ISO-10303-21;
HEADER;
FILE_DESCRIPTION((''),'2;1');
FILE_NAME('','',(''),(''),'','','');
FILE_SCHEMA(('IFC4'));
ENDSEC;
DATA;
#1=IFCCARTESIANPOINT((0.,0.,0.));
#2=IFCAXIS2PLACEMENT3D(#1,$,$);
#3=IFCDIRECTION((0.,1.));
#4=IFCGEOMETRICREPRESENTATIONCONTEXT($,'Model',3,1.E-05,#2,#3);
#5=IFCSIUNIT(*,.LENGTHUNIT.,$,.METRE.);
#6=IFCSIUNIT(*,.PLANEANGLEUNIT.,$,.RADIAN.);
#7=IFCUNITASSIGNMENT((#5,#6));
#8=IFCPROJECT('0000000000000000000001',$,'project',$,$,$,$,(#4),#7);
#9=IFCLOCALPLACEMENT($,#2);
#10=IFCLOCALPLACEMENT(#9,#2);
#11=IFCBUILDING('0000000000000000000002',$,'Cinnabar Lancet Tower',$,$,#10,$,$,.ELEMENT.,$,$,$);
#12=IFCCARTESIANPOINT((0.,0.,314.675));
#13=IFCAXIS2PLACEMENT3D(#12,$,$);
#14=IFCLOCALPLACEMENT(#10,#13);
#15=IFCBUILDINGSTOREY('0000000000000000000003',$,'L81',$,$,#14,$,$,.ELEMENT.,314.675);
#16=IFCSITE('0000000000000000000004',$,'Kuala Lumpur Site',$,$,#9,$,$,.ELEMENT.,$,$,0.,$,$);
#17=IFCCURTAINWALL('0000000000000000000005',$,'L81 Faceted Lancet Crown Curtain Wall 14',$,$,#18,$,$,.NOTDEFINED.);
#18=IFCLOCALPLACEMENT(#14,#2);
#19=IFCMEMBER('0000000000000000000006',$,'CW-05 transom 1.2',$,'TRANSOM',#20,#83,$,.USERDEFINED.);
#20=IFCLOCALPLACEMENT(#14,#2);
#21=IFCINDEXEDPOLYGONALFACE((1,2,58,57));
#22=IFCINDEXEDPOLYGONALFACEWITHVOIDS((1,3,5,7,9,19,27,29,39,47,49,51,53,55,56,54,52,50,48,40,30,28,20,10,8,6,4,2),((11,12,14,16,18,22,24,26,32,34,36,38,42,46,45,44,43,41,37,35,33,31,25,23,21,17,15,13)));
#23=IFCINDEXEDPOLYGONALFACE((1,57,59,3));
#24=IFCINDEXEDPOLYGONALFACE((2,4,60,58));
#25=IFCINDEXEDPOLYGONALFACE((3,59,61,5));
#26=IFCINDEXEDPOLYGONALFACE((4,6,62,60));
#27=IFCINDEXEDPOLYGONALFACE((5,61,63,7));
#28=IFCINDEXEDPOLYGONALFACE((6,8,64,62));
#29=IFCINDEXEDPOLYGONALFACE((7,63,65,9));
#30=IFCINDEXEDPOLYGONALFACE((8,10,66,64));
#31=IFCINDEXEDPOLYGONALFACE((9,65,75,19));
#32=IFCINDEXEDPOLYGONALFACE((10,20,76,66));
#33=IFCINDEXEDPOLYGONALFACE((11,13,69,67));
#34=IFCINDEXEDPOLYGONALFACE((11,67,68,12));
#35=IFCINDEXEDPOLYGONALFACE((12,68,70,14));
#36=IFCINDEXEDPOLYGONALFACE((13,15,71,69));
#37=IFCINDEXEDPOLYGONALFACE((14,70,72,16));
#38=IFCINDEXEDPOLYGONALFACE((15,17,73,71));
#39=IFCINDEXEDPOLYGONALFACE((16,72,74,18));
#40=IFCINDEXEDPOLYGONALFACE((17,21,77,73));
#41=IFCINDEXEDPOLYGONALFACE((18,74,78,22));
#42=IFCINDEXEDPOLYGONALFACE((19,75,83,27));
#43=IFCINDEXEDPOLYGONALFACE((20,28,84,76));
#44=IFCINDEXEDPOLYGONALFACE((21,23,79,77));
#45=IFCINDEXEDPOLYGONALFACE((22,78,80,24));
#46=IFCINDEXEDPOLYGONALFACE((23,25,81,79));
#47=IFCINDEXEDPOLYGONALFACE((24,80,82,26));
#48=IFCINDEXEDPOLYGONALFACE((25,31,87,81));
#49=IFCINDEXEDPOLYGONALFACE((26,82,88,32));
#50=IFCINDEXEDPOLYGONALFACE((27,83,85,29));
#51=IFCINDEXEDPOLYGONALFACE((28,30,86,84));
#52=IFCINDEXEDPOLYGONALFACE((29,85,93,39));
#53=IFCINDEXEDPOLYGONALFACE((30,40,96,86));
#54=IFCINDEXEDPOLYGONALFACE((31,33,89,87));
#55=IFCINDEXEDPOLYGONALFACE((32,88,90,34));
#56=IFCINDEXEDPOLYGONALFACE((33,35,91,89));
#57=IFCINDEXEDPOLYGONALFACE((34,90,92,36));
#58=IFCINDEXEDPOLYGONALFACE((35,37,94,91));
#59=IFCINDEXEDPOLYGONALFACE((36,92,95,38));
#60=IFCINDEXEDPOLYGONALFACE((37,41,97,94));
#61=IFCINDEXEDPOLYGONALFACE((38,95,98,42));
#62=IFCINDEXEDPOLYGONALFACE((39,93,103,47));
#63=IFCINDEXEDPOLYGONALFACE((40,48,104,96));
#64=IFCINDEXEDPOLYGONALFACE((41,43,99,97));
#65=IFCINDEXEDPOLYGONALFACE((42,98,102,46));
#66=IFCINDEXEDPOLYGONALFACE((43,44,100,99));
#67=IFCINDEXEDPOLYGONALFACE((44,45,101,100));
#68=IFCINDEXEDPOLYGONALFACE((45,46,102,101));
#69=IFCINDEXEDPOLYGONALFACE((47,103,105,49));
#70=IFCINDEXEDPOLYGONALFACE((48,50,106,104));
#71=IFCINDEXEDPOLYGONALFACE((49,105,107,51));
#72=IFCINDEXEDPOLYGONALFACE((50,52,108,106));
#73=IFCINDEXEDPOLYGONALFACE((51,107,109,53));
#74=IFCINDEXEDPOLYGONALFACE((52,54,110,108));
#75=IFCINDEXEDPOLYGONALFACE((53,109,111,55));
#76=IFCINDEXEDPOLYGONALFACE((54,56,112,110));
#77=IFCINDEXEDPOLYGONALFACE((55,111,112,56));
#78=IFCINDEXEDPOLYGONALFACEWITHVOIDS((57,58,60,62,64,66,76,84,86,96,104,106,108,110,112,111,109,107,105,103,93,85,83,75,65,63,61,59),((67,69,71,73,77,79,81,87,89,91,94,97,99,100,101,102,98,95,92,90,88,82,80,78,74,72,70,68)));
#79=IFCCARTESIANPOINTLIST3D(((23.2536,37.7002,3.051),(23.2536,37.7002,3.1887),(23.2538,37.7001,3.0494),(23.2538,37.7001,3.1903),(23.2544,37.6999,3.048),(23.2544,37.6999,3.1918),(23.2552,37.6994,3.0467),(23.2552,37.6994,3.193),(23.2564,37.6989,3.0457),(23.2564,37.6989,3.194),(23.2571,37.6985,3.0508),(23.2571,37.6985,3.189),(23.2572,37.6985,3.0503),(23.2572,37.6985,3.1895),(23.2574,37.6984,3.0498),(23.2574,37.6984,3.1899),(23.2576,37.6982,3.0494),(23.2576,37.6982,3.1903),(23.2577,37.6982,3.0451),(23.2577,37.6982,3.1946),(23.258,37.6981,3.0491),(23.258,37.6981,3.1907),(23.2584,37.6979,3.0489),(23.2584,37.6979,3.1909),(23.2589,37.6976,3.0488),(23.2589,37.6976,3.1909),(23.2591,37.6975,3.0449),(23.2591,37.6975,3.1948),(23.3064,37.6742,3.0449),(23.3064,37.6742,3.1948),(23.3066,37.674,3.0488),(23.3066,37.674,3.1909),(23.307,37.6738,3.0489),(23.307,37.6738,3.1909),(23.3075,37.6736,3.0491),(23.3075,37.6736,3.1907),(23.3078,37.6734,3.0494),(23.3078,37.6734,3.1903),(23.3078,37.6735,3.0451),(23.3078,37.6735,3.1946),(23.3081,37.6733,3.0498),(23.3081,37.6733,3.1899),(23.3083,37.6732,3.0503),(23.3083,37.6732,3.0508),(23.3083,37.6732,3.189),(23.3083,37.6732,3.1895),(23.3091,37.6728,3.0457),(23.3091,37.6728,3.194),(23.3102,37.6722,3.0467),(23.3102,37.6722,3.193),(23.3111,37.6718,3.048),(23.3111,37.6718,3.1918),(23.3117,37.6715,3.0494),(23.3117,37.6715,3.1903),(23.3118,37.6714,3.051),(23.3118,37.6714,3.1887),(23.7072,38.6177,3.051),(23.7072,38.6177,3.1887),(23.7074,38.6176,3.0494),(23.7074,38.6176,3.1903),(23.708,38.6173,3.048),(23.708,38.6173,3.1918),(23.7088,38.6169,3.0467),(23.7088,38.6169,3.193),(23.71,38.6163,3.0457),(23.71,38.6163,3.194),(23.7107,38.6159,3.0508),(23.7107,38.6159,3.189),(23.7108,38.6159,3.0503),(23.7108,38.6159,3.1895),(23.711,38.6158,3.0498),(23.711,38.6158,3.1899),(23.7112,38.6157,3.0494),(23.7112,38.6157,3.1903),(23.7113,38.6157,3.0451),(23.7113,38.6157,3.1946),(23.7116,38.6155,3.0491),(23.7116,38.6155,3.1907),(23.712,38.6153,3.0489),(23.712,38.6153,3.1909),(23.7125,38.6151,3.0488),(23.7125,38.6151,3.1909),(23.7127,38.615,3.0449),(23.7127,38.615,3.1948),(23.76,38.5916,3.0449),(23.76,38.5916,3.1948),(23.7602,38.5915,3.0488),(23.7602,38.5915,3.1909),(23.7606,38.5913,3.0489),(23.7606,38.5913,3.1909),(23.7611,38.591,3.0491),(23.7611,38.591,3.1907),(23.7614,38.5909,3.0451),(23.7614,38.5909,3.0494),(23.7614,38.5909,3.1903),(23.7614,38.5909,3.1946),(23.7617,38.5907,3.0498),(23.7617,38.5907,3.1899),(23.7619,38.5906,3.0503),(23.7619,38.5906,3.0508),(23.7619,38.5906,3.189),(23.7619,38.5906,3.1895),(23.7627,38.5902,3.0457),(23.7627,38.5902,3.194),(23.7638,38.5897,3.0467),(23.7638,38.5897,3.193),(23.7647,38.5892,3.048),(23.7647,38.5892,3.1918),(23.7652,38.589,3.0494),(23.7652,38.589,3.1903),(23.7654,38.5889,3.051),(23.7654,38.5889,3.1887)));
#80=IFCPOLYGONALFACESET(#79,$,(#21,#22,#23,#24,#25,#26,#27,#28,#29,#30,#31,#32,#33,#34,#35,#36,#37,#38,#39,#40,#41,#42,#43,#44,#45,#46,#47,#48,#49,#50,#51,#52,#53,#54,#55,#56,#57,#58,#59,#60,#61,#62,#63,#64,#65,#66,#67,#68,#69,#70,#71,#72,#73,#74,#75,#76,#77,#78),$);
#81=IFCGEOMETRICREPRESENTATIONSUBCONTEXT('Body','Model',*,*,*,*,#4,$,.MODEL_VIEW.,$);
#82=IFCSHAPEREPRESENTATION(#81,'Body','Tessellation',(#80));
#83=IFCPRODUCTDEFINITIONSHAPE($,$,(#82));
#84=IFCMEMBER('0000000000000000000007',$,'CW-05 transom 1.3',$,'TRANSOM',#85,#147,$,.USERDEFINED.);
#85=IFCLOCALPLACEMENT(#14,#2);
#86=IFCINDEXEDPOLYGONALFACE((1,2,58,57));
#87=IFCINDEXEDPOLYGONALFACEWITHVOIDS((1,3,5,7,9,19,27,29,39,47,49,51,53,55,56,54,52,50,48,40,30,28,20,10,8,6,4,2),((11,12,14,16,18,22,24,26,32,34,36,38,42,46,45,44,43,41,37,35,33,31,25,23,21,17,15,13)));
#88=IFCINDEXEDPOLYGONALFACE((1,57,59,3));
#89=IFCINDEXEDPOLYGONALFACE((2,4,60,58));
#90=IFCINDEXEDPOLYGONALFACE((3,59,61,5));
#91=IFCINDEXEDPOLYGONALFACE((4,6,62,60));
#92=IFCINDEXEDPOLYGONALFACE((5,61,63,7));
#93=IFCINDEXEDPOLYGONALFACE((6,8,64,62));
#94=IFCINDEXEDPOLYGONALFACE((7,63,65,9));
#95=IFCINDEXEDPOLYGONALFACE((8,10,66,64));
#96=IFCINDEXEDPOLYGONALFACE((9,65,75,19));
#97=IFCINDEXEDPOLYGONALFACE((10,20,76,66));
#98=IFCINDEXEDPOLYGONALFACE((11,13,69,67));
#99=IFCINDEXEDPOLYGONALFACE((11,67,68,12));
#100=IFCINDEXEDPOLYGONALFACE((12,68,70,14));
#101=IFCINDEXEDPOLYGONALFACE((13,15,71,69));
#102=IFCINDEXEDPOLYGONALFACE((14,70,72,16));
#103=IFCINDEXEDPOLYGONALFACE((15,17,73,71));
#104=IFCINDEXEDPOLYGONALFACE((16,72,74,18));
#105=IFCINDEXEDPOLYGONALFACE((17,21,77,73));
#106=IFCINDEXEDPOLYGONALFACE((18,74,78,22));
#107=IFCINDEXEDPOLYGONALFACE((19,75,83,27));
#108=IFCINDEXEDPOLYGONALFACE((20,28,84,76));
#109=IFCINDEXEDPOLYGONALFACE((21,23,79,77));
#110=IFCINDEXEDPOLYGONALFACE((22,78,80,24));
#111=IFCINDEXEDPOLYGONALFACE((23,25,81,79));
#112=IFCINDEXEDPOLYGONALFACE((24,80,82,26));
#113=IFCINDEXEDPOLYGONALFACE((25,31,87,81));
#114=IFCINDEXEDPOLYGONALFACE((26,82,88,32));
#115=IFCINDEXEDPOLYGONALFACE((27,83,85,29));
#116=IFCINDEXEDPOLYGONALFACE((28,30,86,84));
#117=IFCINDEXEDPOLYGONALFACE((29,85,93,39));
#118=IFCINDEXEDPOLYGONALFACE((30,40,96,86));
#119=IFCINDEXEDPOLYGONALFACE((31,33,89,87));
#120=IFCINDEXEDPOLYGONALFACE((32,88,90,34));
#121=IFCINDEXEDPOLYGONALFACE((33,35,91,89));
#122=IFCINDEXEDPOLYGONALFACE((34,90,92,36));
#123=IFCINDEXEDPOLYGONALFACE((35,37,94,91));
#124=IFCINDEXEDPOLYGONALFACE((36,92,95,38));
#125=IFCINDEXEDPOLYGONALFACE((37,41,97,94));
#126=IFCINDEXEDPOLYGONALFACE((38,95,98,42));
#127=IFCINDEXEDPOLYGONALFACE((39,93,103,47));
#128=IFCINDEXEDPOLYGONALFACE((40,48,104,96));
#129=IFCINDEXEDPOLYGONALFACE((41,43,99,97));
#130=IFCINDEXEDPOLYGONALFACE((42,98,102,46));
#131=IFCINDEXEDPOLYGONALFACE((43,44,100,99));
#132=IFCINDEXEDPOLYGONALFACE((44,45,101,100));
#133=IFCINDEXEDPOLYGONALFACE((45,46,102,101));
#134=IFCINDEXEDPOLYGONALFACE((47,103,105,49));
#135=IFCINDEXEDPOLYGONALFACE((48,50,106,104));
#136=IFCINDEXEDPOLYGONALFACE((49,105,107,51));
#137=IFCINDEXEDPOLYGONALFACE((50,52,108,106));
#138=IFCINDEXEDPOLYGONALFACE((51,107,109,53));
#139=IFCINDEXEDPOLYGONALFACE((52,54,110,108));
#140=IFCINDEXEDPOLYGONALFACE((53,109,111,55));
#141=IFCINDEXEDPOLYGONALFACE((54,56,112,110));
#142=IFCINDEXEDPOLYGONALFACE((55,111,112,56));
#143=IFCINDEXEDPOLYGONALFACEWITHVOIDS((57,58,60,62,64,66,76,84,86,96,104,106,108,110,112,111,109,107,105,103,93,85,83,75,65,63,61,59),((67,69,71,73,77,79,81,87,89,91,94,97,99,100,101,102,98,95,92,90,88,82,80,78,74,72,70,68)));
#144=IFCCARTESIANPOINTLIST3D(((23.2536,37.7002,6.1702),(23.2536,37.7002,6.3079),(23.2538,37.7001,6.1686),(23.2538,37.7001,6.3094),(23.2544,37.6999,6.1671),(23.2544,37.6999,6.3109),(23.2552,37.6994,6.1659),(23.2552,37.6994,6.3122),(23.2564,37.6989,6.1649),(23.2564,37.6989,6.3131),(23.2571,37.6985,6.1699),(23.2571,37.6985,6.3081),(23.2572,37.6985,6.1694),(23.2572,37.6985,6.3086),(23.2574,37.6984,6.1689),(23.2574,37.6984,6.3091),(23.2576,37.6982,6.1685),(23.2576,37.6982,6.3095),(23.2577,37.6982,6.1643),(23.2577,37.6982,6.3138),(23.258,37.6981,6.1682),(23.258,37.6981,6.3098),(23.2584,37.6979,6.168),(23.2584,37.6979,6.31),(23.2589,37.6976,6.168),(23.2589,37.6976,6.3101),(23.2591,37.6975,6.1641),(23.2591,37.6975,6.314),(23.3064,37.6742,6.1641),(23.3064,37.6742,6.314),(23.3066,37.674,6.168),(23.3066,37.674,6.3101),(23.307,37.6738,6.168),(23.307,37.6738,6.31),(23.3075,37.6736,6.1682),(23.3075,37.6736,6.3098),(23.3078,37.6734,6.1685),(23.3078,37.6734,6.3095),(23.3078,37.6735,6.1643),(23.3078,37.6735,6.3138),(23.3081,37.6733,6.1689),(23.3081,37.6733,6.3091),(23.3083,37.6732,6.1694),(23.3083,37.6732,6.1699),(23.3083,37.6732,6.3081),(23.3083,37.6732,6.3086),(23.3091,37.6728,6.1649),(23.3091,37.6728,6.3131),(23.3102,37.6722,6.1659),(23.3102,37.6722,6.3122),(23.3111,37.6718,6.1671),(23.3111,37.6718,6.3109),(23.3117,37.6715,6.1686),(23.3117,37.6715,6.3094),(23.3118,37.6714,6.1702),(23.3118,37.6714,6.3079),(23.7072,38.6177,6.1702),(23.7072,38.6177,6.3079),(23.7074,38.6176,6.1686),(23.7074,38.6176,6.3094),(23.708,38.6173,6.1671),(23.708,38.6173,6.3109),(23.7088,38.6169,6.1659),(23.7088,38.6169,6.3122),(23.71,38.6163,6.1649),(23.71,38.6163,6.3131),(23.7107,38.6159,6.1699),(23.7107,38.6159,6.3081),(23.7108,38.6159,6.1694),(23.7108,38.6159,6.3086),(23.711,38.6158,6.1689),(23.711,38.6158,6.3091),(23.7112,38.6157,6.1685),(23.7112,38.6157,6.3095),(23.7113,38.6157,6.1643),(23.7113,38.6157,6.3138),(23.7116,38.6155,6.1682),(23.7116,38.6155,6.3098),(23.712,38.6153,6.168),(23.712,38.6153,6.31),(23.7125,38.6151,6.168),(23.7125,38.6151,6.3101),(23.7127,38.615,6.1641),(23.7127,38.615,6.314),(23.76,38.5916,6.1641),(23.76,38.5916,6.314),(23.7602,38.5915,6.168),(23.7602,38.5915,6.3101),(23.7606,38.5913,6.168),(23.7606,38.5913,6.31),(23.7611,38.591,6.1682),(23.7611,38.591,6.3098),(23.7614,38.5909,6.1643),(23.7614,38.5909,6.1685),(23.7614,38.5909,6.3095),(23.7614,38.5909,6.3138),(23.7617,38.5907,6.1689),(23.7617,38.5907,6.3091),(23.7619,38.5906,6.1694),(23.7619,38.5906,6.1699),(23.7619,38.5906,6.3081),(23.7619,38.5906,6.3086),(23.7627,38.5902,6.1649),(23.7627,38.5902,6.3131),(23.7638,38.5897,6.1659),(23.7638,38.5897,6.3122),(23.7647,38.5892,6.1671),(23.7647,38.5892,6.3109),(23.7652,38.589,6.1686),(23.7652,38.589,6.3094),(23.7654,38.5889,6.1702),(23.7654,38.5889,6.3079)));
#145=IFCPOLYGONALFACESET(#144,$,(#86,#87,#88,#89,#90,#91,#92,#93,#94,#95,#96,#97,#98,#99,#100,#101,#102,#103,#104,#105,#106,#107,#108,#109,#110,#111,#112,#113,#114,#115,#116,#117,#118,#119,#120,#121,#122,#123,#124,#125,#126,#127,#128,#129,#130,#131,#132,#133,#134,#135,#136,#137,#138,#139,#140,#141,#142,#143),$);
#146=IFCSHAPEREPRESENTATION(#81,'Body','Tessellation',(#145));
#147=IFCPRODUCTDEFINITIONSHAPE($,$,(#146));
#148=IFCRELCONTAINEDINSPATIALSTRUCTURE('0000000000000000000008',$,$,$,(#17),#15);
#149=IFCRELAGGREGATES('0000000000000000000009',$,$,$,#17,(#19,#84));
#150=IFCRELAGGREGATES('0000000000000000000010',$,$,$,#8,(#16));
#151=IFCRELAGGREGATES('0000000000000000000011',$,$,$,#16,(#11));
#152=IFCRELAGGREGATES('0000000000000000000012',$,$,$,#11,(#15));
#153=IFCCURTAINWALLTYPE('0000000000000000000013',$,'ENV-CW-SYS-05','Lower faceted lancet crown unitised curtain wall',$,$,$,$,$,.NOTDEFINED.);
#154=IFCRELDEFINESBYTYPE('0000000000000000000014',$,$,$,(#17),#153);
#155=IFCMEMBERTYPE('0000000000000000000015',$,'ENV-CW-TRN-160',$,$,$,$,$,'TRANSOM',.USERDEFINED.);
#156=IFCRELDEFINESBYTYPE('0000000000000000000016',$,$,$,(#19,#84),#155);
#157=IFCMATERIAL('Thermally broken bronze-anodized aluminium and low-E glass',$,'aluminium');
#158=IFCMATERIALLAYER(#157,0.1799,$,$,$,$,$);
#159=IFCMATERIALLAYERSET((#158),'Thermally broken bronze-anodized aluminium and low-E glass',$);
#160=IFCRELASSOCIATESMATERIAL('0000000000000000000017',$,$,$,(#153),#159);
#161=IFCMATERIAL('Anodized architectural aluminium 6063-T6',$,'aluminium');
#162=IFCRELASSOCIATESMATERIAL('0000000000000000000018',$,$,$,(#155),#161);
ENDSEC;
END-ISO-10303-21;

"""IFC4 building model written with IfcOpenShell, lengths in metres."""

from ifc_helpers import new_model, si_unit, direction, frame, origin, origin_2d, place, context, subcontext, project, spatial, hollow_rectangle, extrude, material, layer, layer_set, material_profile, profile_set, type_object, element, aggregate, save


model = new_model("IFC4")

# Units and contexts
model_context = context("Model", 3, precision=1e-05, world=origin(), true_north=direction((0.0, 1.0)))
body_context = subcontext(model_context, "Body", "Model", "MODEL_VIEW")
ifc_project = project(units=[si_unit("LENGTHUNIT", "METRE"), si_unit("PLANEANGLEUNIT", "RADIAN")], contexts=[model_context])

# Site, building, storey
site_placement = place(None, origin())
site = spatial("IfcSite", under=ifc_project, at=site_placement, Name="Kuala Lumpur Site", CompositionType="ELEMENT", RefElevation=0.0)
building_placement = place(site_placement, origin())
building = spatial("IfcBuilding", under=site, at=building_placement, Name="Cinnabar Lancet Tower", CompositionType="ELEMENT")
storey_placement = place(building_placement, frame((0.0, 0.0, 314.675)))
storey = spatial("IfcBuildingStorey", under=building, at=storey_placement, Name="L81", CompositionType="ELEMENT", Elevation=314.675)

# Curtain wall
ifc_material_1 = material(Name="Thermally broken bronze-anodized aluminium and low-E glass", Category="aluminium")
ifc_layer_1 = layer(ifc_material_1, 0.1799)
ifc_layer_set_1 = layer_set([ifc_layer_1], Name="Thermally broken bronze-anodized aluminium and low-E glass")
curtain_wall_type = type_object("IfcCurtainWallType", Name="ENV-CW-SYS-05", Description="Lower faceted lancet crown unitised curtain wall", PredefinedType="NOTDEFINED", material=ifc_layer_set_1)
curtain_wall_1_placement = place(storey_placement, origin())
curtain_wall_1 = element("IfcCurtainWall", 1, at=curtain_wall_1_placement, inside=storey, type_object=curtain_wall_type, Name="L81 Faceted Lancet Crown Curtain Wall 14", PredefinedType="NOTDEFINED")

# Members
ifc_material_2 = material(Name="Anodized architectural aluminium 6063-T6", Category="aluminium")
ifc_material_profile_1 = material_profile(ifc_material_2, hollow_rectangle(XDim=0.0649, YDim=0.1499, WallThickness=0.0039, InnerFilletRadius=0.002, OuterFilletRadius=0.0061, at=origin_2d()), Name="CW-TRN 150x65x4")
ifc_profile_set_1 = profile_set([ifc_material_profile_1], Name="Anodized architectural aluminium 6063-T6")
member_type_1 = type_object("IfcMemberType", Name="ENV-CW-TRN-160", ElementType="TRANSOM", PredefinedType="USERDEFINED", material=ifc_profile_set_1)
member_1_placement = place(storey_placement, frame((23.7363, 38.6033, 3.1199), z_axis=(-0.443202, -0.896422, 0.0), x_axis=(0.896422, -0.443202, 0.0)))
member_1 = element("IfcMember", 2, at=member_1_placement, type_object=member_type_1, Name="CW-05 transom 1.2", ObjectType="TRANSOM", PredefinedType="USERDEFINED", context=body_context, shape_type="SweptSolid", body=[
    extrude(hollow_rectangle(XDim=0.0649, YDim=0.1499, WallThickness=0.0039, InnerFilletRadius=0.002, OuterFilletRadius=0.0061, at=origin_2d()), origin(), (0.0, 0.0, 1.0), 1.0234),
])
member_2_placement = place(storey_placement, frame((23.7363, 38.6033, 6.239), z_axis=(-0.443202, -0.896422, 0.0), x_axis=(0.896422, -0.443202, 0.0)))
member_2 = element("IfcMember", 3, at=member_2_placement, type_object=member_type_1, Name="CW-05 transom 1.3", ObjectType="TRANSOM", PredefinedType="USERDEFINED", context=body_context, shape_type="SweptSolid", body=[
    extrude(hollow_rectangle(XDim=0.0649, YDim=0.1499, WallThickness=0.0039, InnerFilletRadius=0.002, OuterFilletRadius=0.0061, at=origin_2d()), origin(), (0.0, 0.0, 1.0), 1.0234),
])

aggregate(curtain_wall_1, [member_1, member_2])

save(model, "model.ifc")
